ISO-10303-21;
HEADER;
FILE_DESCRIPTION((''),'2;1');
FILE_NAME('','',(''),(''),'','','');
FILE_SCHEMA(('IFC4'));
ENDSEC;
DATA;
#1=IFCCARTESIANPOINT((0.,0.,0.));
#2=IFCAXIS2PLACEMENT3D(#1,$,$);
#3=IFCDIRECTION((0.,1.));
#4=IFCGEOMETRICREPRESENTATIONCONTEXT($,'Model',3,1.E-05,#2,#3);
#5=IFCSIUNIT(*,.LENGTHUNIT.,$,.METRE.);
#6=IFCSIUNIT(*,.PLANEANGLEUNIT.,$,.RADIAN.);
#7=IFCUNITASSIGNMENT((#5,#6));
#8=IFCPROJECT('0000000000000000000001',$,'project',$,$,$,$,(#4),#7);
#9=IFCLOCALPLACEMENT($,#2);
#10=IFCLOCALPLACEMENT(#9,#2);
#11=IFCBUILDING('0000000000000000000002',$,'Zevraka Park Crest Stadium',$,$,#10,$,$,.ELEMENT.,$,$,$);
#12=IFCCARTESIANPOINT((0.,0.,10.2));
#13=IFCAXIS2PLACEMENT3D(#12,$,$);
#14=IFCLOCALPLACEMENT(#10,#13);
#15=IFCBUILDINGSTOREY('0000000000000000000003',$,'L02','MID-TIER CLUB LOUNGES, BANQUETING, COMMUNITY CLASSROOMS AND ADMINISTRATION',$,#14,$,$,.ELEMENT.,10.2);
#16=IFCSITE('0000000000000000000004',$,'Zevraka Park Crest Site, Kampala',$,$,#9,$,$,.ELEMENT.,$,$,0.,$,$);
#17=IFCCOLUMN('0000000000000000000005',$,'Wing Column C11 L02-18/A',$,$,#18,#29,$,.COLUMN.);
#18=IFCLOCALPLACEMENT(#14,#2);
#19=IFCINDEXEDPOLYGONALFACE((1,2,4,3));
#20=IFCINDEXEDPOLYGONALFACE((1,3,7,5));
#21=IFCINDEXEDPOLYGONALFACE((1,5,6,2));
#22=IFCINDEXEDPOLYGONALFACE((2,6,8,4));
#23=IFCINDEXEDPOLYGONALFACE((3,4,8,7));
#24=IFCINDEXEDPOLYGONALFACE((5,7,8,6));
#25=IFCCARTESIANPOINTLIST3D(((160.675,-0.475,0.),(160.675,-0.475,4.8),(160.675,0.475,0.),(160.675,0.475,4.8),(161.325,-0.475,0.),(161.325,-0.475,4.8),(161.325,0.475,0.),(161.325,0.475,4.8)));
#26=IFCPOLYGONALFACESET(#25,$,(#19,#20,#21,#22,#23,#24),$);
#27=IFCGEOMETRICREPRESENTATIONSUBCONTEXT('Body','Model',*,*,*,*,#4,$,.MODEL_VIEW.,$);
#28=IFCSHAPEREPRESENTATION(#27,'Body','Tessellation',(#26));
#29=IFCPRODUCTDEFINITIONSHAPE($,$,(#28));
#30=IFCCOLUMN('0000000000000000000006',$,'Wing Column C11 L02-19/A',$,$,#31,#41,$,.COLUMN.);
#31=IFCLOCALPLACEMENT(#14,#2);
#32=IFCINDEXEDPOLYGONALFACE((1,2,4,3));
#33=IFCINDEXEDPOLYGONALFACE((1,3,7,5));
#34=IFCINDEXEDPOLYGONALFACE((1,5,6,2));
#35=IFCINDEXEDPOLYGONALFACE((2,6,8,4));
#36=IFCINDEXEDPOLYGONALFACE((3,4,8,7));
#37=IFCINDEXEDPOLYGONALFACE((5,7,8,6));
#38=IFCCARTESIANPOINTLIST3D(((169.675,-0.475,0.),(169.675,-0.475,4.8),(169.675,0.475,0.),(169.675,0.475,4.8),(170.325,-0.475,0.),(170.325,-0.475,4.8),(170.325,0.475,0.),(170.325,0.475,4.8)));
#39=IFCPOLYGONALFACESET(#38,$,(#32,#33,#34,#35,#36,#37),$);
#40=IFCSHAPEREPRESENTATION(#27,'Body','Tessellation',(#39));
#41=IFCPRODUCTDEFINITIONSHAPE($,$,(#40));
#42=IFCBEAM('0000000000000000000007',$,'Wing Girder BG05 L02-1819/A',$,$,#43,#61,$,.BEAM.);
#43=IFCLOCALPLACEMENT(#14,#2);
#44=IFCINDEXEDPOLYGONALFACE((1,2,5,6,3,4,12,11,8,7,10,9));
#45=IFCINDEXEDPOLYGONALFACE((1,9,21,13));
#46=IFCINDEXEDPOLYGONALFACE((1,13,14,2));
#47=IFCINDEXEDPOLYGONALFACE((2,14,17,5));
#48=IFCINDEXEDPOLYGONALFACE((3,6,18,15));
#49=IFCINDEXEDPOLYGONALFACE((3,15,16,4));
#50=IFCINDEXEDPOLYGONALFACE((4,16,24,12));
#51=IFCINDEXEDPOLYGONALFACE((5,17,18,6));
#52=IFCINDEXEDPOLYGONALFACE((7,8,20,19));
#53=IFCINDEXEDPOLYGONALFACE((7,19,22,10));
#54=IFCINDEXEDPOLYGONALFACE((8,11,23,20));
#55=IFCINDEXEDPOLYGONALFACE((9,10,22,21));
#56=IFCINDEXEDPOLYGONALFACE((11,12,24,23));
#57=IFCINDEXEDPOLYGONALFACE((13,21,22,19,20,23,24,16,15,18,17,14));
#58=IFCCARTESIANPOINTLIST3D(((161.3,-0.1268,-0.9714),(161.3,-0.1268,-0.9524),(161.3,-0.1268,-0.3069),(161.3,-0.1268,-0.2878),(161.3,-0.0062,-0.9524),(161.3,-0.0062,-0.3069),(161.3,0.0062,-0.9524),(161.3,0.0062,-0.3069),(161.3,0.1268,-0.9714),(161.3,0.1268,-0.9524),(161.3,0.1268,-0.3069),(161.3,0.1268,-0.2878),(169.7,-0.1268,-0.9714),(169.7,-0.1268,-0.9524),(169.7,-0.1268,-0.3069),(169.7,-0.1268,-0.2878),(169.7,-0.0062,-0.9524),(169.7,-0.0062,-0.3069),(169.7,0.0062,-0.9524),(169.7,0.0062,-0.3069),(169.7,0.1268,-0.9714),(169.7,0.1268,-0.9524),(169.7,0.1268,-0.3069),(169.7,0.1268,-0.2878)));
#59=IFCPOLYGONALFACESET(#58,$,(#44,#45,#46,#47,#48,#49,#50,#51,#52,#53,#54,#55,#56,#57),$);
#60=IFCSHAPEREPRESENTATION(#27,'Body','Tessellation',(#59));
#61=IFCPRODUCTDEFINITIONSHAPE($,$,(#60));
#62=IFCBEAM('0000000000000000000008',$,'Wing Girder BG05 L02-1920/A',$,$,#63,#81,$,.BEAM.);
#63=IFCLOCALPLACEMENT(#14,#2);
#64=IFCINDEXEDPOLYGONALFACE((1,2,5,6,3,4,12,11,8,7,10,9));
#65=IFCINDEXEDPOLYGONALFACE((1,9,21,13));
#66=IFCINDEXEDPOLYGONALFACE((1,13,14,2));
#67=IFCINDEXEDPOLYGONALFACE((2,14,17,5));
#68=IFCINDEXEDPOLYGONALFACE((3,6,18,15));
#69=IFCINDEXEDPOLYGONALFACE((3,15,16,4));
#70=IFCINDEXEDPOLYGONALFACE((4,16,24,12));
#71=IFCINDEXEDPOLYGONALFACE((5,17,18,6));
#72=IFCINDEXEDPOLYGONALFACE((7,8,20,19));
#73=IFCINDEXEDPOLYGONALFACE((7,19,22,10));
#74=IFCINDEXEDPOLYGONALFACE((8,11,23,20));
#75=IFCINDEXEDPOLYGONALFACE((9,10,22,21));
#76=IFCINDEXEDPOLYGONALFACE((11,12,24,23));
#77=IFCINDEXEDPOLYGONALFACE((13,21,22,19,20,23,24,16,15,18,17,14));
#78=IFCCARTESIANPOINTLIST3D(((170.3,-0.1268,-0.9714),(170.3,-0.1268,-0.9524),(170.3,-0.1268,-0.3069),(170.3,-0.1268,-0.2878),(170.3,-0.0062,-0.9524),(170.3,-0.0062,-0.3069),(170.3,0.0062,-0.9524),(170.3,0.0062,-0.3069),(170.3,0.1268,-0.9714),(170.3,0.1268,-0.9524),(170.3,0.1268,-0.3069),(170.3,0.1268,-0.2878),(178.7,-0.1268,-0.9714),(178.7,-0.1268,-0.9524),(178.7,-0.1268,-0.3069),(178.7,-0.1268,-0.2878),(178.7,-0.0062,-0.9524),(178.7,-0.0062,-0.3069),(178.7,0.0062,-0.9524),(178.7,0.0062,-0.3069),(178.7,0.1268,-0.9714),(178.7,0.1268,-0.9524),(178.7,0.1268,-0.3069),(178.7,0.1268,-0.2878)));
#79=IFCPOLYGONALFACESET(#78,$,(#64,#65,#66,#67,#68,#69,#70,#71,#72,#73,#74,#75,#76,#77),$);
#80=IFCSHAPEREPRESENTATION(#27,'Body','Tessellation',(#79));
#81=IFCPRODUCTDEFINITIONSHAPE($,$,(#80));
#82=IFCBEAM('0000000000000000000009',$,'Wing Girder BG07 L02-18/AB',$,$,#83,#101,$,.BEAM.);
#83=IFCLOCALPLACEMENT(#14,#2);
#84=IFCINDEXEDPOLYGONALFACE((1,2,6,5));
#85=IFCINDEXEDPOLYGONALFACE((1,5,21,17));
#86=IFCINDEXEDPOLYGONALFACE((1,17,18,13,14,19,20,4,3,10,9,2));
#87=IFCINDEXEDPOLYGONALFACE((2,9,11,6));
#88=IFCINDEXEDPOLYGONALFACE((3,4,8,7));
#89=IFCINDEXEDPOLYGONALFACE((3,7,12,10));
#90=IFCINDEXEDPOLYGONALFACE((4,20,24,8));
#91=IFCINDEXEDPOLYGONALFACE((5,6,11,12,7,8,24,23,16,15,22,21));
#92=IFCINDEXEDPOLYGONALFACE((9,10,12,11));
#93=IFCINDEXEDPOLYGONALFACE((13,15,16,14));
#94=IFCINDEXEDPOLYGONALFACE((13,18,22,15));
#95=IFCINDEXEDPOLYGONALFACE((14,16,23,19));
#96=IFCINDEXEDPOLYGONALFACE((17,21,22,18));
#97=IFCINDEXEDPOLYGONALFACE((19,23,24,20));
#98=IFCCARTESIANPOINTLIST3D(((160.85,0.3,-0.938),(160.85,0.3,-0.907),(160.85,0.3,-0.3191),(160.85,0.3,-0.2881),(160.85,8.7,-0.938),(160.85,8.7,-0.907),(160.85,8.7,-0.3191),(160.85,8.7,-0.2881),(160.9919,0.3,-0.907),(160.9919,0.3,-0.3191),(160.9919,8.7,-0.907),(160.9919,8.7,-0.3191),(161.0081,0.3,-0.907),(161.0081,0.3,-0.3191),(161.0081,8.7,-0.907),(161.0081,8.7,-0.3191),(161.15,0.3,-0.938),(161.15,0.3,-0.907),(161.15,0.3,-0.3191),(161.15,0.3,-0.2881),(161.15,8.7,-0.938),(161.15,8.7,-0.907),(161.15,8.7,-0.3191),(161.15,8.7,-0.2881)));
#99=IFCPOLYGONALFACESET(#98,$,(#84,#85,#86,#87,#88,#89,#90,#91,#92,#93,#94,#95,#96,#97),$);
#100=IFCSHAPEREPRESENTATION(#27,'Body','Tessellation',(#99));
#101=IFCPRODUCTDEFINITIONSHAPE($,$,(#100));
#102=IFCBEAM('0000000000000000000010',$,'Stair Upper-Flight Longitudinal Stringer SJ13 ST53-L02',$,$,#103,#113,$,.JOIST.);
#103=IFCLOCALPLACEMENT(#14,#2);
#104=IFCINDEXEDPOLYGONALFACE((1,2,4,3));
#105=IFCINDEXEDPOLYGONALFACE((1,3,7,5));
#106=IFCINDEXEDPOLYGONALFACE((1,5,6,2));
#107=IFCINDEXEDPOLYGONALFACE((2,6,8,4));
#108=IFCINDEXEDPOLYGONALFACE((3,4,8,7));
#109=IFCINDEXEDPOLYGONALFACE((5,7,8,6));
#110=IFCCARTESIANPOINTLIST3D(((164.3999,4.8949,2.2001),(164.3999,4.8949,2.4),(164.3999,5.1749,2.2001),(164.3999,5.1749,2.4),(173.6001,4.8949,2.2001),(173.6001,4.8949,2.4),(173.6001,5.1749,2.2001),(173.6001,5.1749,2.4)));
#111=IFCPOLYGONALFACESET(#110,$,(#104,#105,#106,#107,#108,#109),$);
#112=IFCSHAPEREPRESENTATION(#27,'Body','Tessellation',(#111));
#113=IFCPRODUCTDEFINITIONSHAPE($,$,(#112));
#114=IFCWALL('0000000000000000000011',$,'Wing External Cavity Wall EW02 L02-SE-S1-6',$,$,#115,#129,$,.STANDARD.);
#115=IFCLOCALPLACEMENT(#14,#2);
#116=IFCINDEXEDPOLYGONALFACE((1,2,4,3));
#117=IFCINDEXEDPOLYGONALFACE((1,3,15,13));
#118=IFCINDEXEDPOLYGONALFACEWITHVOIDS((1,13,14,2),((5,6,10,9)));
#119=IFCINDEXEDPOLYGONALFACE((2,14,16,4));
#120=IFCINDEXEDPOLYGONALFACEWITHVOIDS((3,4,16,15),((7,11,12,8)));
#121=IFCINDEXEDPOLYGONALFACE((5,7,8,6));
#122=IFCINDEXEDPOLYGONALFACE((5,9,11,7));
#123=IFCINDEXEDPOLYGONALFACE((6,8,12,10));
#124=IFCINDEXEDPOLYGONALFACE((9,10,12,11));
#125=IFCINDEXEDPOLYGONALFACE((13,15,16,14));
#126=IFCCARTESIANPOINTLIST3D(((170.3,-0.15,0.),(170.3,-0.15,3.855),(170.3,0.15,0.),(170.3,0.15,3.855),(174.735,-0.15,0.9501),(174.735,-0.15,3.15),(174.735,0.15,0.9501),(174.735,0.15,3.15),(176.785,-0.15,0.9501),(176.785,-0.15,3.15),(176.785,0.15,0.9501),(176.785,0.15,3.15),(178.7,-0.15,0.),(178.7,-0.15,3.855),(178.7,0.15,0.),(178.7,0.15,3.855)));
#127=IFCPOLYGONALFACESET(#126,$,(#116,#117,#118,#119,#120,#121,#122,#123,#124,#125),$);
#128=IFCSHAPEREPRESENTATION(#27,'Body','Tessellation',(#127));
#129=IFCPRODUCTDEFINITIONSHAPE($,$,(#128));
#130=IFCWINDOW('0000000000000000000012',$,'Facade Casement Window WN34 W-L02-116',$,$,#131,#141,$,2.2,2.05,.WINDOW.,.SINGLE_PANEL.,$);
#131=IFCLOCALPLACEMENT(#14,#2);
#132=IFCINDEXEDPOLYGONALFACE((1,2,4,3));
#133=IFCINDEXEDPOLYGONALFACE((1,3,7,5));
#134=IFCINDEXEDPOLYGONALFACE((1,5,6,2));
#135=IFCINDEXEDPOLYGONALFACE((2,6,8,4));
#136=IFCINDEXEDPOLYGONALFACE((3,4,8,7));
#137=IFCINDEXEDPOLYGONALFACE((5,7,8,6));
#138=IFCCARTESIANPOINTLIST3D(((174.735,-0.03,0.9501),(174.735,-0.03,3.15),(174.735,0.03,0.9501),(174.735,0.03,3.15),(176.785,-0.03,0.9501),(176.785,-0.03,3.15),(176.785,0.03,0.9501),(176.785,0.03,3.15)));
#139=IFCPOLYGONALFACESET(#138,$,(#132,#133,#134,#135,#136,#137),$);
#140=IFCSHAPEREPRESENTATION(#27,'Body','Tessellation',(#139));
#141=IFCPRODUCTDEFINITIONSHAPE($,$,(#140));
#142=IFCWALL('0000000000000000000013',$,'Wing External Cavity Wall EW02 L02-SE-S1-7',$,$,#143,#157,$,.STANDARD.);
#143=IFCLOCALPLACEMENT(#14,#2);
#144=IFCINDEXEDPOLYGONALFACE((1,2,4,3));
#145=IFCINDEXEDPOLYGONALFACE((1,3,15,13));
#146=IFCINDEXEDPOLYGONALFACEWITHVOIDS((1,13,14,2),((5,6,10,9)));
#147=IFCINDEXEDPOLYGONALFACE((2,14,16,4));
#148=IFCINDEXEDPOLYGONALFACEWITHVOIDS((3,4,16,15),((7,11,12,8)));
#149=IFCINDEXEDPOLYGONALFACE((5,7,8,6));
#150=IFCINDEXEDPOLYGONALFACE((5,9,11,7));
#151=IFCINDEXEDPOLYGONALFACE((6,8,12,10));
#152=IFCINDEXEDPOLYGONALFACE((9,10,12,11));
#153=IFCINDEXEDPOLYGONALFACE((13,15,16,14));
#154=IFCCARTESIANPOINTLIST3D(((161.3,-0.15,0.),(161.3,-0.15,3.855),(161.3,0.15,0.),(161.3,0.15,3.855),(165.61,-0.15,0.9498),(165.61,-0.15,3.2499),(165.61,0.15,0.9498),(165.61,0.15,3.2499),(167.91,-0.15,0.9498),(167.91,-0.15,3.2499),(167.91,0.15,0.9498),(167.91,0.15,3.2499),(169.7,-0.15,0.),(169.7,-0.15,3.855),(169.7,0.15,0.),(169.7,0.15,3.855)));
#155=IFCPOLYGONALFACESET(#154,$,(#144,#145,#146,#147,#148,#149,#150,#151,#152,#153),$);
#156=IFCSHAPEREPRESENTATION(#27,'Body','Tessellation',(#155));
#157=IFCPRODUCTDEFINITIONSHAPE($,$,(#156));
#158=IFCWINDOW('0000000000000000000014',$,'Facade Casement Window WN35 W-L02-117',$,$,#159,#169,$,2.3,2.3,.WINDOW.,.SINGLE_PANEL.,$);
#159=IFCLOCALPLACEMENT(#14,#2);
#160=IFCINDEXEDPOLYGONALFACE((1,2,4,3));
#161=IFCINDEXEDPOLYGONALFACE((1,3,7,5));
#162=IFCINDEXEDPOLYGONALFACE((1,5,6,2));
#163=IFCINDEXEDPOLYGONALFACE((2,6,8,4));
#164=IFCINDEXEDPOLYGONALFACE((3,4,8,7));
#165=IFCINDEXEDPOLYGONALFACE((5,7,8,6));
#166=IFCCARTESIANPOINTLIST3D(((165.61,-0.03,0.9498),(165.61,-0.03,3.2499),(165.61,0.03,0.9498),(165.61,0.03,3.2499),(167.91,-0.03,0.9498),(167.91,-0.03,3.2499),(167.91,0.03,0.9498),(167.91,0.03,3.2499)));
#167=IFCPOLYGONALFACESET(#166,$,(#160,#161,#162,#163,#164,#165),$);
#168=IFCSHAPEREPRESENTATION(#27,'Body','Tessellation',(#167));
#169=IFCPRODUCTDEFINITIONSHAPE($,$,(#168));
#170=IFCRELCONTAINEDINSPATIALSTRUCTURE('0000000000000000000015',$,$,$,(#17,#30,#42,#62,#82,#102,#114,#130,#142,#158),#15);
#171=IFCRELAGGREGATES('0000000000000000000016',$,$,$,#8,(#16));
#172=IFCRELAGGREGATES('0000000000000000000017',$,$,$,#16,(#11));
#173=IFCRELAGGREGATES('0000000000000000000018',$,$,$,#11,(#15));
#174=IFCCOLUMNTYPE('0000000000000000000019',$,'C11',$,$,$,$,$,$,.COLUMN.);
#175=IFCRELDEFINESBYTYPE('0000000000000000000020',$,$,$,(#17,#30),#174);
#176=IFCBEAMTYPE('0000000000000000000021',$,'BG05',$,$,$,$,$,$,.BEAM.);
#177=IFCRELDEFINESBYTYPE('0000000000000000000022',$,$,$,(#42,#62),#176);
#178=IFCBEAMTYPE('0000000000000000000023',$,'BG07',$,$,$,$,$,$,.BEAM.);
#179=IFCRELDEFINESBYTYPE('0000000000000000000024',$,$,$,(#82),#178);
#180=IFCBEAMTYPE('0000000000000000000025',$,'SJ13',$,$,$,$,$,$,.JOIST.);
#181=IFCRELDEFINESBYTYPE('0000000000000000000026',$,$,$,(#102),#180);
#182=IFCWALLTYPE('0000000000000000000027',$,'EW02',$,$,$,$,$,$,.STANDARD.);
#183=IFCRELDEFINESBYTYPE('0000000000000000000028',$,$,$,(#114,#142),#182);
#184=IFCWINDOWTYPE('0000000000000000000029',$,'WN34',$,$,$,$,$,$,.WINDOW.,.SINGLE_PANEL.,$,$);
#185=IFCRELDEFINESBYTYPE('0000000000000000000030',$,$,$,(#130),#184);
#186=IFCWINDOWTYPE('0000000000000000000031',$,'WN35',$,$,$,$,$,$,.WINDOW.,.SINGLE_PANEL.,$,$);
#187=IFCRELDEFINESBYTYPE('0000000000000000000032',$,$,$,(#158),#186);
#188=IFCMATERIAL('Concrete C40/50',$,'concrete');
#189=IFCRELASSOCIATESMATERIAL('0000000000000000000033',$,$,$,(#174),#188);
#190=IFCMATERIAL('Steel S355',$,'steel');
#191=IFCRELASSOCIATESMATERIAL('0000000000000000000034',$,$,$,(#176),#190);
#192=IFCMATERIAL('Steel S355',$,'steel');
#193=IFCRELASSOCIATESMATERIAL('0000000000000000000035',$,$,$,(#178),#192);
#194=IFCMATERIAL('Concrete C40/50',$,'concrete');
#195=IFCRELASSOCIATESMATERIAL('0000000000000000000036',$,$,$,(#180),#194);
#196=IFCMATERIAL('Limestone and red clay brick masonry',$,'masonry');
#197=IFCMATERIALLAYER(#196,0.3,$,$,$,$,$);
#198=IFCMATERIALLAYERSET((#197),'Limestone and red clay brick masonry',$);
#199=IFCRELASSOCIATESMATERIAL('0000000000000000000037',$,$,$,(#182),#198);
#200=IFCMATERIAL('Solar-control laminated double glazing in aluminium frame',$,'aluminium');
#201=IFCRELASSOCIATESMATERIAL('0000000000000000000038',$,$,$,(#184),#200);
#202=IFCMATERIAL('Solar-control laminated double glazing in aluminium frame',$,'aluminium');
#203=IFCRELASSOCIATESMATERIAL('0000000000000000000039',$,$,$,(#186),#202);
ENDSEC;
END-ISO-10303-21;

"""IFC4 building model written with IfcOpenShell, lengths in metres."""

from ifc_helpers import new_model, si_unit, direction, frame, frame_2d, origin, origin_2d, place, context, subcontext, project, spatial, rectangle, i_section, extrude, material, layer, layer_set, material_profile, profile_set, type_object, element, fill, save


model = new_model("IFC4")

# Units and contexts
model_context = context("Model", 3, precision=1e-05, world=origin(), true_north=direction((0.0, 1.0)))
body_context = subcontext(model_context, "Body", "Model", "MODEL_VIEW")
ifc_project = project(units=[si_unit("LENGTHUNIT", "METRE"), si_unit("PLANEANGLEUNIT", "RADIAN")], contexts=[model_context])

# Site, building, storey
site_placement = place(None, origin())
site = spatial("IfcSite", under=ifc_project, at=site_placement, Name="Zevraka Park Crest Site, Kampala", CompositionType="ELEMENT", RefElevation=0.0)
building_placement = place(site_placement, origin())
building = spatial("IfcBuilding", under=site, at=building_placement, Name="Zevraka Park Crest Stadium", CompositionType="ELEMENT")
storey_placement = place(building_placement, frame((0.0, 0.0, 10.2)))
storey = spatial("IfcBuildingStorey", under=building, at=storey_placement, Name="L02", Description="MID-TIER CLUB LOUNGES, BANQUETING, COMMUNITY CLASSROOMS AND ADMINISTRATION", CompositionType="ELEMENT", Elevation=10.2)

# Columns
ifc_material_1 = material(Name="Concrete C40/50", Category="concrete")
ifc_material_profile_1 = material_profile(ifc_material_1, rectangle(XDim=0.6499, YDim=0.95, at=origin_2d()), Name="RC 950x650")
ifc_profile_set_1 = profile_set([ifc_material_profile_1], Name="Concrete C40/50")
column_type = type_object("IfcColumnType", Name="C11", PredefinedType="COLUMN", material=ifc_profile_set_1)
for number, where, z_axis, x_axis, name in (
    (1, (161.0, 0.0, 0.0), (0.0, 0.0, 1.0), (1.0, 0.0, 0.0), "Wing Column C11 L02-18/A"),
    (2, (170.0, 0.0, 0.0), (0.0, 0.0, 1.0), (1.0, 0.0, 0.0), "Wing Column C11 L02-19/A"),
):
    element("IfcColumn", number, at=place(storey_placement, frame(where, z_axis=z_axis, x_axis=x_axis)), inside=storey, type_object=column_type, Name=name, PredefinedType="COLUMN", context=body_context, shape_type="SweptSolid", body=[
        extrude(rectangle(XDim=0.6499, YDim=0.95, at=origin_2d()), origin(), (0.0, 0.0, 1.0), 4.8),
    ])

# Beams
ifc_material_2 = material(Name="Steel S355", Category="steel")
ifc_material_profile_2 = material_profile(ifc_material_2, i_section(OverallWidth=0.2537, OverallDepth=0.6836, WebThickness=0.0125, FlangeThickness=0.019, at=origin_2d()), Name="UKB 686x254x140")
ifc_profile_set_2 = profile_set([ifc_material_profile_2], Name="Steel S355")
beam_type_1 = type_object("IfcBeamType", Name="BG05", PredefinedType="BEAM", material=ifc_profile_set_2)
for number, where, z_axis, x_axis, name in (
    (3, (161.3, 0.0, -0.6296), (1.0, 0.0, 0.0), (0.0, 1.0, 0.0), "Wing Girder BG05 L02-1819/A"),
    (4, (170.3, 0.0, -0.6296), (1.0, 0.0, 0.0), (0.0, 1.0, 0.0), "Wing Girder BG05 L02-1920/A"),
):
    element("IfcBeam", number, at=place(storey_placement, frame(where, z_axis=z_axis, x_axis=x_axis)), inside=storey, type_object=beam_type_1, Name=name, PredefinedType="BEAM", context=body_context, shape_type="SweptSolid", body=[
        extrude(i_section(OverallWidth=0.2537, OverallDepth=0.6836, WebThickness=0.0125, FlangeThickness=0.019, at=origin_2d()), origin(), (0.0, 0.0, 1.0), 8.3999),
    ])
ifc_material_3 = material(Name="Steel S355", Category="steel")
ifc_material_profile_3 = material_profile(ifc_material_3, i_section(OverallWidth=0.3, OverallDepth=0.6499, WebThickness=0.0161, FlangeThickness=0.031, at=origin_2d()), Name="HEB 650")
ifc_profile_set_3 = profile_set([ifc_material_profile_3], Name="Steel S355")
beam_type_2 = type_object("IfcBeamType", Name="BG07", PredefinedType="BEAM", material=ifc_profile_set_3)
beam_1_placement = place(storey_placement, frame((161.0, 0.3, -0.613), z_axis=(0.0, 1.0, 0.0), x_axis=(-1.0, 0.0, 0.0)))
element("IfcBeam", 5, at=beam_1_placement, inside=storey, type_object=beam_type_2, Name="Wing Girder BG07 L02-18/AB", PredefinedType="BEAM", context=body_context, shape_type="SweptSolid", body=[
    extrude(i_section(OverallWidth=0.3, OverallDepth=0.6499, WebThickness=0.0161, FlangeThickness=0.031, at=origin_2d()), origin(), (0.0, 0.0, 1.0), 8.3999),
])
ifc_material_4 = material(Name="Concrete C40/50", Category="concrete")
ifc_material_profile_4 = material_profile(ifc_material_4, rectangle(XDim=0.28, YDim=0.2, at=origin_2d()), Name="RC 200x280")
ifc_profile_set_4 = profile_set([ifc_material_profile_4], Name="Concrete C40/50")
beam_type_3 = type_object("IfcBeamType", Name="SJ13", PredefinedType="JOIST", material=ifc_profile_set_4)
beam_2_placement = place(storey_placement, frame((164.3999, 5.0349, 2.3), z_axis=(1.0, 0.0, 0.0), x_axis=(0.0, 1.0, 0.0)))
element("IfcBeam", 6, at=beam_2_placement, inside=storey, type_object=beam_type_3, Name="Stair Upper-Flight Longitudinal Stringer SJ13 ST53-L02", PredefinedType="JOIST", context=body_context, shape_type="SweptSolid", body=[
    extrude(rectangle(XDim=0.28, YDim=0.2, at=origin_2d()), origin(), (0.0, 0.0, 1.0), 9.2002),
])

# Walls, openings, windows
ifc_material_5 = material(Name="Limestone and red clay brick masonry", Category="masonry")
ifc_layer_1 = layer(ifc_material_5, 0.3)
ifc_layer_set_1 = layer_set([ifc_layer_1], Name="Limestone and red clay brick masonry")
wall_type_1 = type_object("IfcWallType", Name="EW02", PredefinedType="STANDARD", material=ifc_layer_set_1)
wall_1_placement = place(storey_placement, frame((178.7, 0.0, 0.0), z_axis=(0.0, 0.0, 1.0), x_axis=(-1.0, 0.0, 0.0)))
wall_1 = element("IfcWall", 7, at=wall_1_placement, inside=storey, type_object=wall_type_1, Name="Wing External Cavity Wall EW02 L02-SE-S1-6", PredefinedType="STANDARD", context=body_context, shape_type="SweptSolid", body=[
    extrude(rectangle(XDim=8.3999, YDim=0.3, at=frame_2d((4.2, 0.0))), origin(), (0.0, 0.0, 1.0), 3.855),
])
opening_1_placement = place(wall_1_placement, frame((1.915, 0.0, 0.95)))
opening_1 = element("IfcOpeningElement", 8, at=opening_1_placement, cuts=wall_1, PredefinedType="OPENING", context=body_context, shape_type="SweptSolid", body=[
    extrude(rectangle(XDim=2.05, YDim=2.2, at=frame_2d((1.0249, 1.1001))), frame((0.0, 0.1599, 0.0), z_axis=(0.0, -1.0, 0.0), x_axis=(1.0, 0.0, 0.0)), (0.0, 0.0, 1.0), 0.3201),
])
ifc_material_6 = material(Name="Solar-control laminated double glazing in aluminium frame", Category="aluminium")
window_type_1 = type_object("IfcWindowType", Name="WN34", PartitioningType="SINGLE_PANEL", PredefinedType="WINDOW", material=ifc_material_6)
window_1_placement = place(opening_1_placement, origin())
window_1 = element("IfcWindow", 9, at=window_1_placement, inside=storey, type_object=window_type_1, Name="Facade Casement Window WN34 W-L02-116", OverallHeight=2.2, OverallWidth=2.05, PartitioningType="SINGLE_PANEL", PredefinedType="WINDOW", context=body_context, shape_type="SweptSolid", body=[
    extrude(rectangle(XDim=2.05, YDim=2.2, at=frame_2d((1.0249, 1.1001))), frame((0.0, 0.03, 0.0), z_axis=(0.0, -1.0, 0.0), x_axis=(1.0, 0.0, 0.0)), (0.0, 0.0, 1.0), 0.0601),
])
fill(opening_1, window_1)
wall_2_placement = place(storey_placement, frame((169.7, 0.0, 0.0), z_axis=(0.0, 0.0, 1.0), x_axis=(-1.0, 0.0, 0.0)))
wall_2 = element("IfcWall", 10, at=wall_2_placement, inside=storey, type_object=wall_type_1, Name="Wing External Cavity Wall EW02 L02-SE-S1-7", PredefinedType="STANDARD", context=body_context, shape_type="SweptSolid", body=[
    extrude(rectangle(XDim=8.3999, YDim=0.3, at=frame_2d((4.2, 0.0))), origin(), (0.0, 0.0, 1.0), 3.855),
])
opening_2_placement = place(wall_2_placement, frame((1.79, 0.0, 0.95)))
opening_2 = element("IfcOpeningElement", 11, at=opening_2_placement, cuts=wall_2, PredefinedType="OPENING", context=body_context, shape_type="SweptSolid", body=[
    extrude(rectangle(XDim=2.3, YDim=2.3, at=frame_2d((1.1499, 1.1499))), frame((0.0, 0.1599, 0.0), z_axis=(0.0, -1.0, 0.0), x_axis=(1.0, 0.0, 0.0)), (0.0, 0.0, 1.0), 0.3201),
])
ifc_material_7 = material(Name="Solar-control laminated double glazing in aluminium frame", Category="aluminium")
window_type_2 = type_object("IfcWindowType", Name="WN35", PartitioningType="SINGLE_PANEL", PredefinedType="WINDOW", material=ifc_material_7)
window_2_placement = place(opening_2_placement, origin())
window_2 = element("IfcWindow", 12, at=window_2_placement, inside=storey, type_object=window_type_2, Name="Facade Casement Window WN35 W-L02-117", OverallHeight=2.3, OverallWidth=2.3, PartitioningType="SINGLE_PANEL", PredefinedType="WINDOW", context=body_context, shape_type="SweptSolid", body=[
    extrude(rectangle(XDim=2.3, YDim=2.3, at=frame_2d((1.1499, 1.1499))), frame((0.0, 0.03, 0.0), z_axis=(0.0, -1.0, 0.0), x_axis=(1.0, 0.0, 0.0)), (0.0, 0.0, 1.0), 0.0601),
])
fill(opening_2, window_2)

save(model, "model.ifc")
